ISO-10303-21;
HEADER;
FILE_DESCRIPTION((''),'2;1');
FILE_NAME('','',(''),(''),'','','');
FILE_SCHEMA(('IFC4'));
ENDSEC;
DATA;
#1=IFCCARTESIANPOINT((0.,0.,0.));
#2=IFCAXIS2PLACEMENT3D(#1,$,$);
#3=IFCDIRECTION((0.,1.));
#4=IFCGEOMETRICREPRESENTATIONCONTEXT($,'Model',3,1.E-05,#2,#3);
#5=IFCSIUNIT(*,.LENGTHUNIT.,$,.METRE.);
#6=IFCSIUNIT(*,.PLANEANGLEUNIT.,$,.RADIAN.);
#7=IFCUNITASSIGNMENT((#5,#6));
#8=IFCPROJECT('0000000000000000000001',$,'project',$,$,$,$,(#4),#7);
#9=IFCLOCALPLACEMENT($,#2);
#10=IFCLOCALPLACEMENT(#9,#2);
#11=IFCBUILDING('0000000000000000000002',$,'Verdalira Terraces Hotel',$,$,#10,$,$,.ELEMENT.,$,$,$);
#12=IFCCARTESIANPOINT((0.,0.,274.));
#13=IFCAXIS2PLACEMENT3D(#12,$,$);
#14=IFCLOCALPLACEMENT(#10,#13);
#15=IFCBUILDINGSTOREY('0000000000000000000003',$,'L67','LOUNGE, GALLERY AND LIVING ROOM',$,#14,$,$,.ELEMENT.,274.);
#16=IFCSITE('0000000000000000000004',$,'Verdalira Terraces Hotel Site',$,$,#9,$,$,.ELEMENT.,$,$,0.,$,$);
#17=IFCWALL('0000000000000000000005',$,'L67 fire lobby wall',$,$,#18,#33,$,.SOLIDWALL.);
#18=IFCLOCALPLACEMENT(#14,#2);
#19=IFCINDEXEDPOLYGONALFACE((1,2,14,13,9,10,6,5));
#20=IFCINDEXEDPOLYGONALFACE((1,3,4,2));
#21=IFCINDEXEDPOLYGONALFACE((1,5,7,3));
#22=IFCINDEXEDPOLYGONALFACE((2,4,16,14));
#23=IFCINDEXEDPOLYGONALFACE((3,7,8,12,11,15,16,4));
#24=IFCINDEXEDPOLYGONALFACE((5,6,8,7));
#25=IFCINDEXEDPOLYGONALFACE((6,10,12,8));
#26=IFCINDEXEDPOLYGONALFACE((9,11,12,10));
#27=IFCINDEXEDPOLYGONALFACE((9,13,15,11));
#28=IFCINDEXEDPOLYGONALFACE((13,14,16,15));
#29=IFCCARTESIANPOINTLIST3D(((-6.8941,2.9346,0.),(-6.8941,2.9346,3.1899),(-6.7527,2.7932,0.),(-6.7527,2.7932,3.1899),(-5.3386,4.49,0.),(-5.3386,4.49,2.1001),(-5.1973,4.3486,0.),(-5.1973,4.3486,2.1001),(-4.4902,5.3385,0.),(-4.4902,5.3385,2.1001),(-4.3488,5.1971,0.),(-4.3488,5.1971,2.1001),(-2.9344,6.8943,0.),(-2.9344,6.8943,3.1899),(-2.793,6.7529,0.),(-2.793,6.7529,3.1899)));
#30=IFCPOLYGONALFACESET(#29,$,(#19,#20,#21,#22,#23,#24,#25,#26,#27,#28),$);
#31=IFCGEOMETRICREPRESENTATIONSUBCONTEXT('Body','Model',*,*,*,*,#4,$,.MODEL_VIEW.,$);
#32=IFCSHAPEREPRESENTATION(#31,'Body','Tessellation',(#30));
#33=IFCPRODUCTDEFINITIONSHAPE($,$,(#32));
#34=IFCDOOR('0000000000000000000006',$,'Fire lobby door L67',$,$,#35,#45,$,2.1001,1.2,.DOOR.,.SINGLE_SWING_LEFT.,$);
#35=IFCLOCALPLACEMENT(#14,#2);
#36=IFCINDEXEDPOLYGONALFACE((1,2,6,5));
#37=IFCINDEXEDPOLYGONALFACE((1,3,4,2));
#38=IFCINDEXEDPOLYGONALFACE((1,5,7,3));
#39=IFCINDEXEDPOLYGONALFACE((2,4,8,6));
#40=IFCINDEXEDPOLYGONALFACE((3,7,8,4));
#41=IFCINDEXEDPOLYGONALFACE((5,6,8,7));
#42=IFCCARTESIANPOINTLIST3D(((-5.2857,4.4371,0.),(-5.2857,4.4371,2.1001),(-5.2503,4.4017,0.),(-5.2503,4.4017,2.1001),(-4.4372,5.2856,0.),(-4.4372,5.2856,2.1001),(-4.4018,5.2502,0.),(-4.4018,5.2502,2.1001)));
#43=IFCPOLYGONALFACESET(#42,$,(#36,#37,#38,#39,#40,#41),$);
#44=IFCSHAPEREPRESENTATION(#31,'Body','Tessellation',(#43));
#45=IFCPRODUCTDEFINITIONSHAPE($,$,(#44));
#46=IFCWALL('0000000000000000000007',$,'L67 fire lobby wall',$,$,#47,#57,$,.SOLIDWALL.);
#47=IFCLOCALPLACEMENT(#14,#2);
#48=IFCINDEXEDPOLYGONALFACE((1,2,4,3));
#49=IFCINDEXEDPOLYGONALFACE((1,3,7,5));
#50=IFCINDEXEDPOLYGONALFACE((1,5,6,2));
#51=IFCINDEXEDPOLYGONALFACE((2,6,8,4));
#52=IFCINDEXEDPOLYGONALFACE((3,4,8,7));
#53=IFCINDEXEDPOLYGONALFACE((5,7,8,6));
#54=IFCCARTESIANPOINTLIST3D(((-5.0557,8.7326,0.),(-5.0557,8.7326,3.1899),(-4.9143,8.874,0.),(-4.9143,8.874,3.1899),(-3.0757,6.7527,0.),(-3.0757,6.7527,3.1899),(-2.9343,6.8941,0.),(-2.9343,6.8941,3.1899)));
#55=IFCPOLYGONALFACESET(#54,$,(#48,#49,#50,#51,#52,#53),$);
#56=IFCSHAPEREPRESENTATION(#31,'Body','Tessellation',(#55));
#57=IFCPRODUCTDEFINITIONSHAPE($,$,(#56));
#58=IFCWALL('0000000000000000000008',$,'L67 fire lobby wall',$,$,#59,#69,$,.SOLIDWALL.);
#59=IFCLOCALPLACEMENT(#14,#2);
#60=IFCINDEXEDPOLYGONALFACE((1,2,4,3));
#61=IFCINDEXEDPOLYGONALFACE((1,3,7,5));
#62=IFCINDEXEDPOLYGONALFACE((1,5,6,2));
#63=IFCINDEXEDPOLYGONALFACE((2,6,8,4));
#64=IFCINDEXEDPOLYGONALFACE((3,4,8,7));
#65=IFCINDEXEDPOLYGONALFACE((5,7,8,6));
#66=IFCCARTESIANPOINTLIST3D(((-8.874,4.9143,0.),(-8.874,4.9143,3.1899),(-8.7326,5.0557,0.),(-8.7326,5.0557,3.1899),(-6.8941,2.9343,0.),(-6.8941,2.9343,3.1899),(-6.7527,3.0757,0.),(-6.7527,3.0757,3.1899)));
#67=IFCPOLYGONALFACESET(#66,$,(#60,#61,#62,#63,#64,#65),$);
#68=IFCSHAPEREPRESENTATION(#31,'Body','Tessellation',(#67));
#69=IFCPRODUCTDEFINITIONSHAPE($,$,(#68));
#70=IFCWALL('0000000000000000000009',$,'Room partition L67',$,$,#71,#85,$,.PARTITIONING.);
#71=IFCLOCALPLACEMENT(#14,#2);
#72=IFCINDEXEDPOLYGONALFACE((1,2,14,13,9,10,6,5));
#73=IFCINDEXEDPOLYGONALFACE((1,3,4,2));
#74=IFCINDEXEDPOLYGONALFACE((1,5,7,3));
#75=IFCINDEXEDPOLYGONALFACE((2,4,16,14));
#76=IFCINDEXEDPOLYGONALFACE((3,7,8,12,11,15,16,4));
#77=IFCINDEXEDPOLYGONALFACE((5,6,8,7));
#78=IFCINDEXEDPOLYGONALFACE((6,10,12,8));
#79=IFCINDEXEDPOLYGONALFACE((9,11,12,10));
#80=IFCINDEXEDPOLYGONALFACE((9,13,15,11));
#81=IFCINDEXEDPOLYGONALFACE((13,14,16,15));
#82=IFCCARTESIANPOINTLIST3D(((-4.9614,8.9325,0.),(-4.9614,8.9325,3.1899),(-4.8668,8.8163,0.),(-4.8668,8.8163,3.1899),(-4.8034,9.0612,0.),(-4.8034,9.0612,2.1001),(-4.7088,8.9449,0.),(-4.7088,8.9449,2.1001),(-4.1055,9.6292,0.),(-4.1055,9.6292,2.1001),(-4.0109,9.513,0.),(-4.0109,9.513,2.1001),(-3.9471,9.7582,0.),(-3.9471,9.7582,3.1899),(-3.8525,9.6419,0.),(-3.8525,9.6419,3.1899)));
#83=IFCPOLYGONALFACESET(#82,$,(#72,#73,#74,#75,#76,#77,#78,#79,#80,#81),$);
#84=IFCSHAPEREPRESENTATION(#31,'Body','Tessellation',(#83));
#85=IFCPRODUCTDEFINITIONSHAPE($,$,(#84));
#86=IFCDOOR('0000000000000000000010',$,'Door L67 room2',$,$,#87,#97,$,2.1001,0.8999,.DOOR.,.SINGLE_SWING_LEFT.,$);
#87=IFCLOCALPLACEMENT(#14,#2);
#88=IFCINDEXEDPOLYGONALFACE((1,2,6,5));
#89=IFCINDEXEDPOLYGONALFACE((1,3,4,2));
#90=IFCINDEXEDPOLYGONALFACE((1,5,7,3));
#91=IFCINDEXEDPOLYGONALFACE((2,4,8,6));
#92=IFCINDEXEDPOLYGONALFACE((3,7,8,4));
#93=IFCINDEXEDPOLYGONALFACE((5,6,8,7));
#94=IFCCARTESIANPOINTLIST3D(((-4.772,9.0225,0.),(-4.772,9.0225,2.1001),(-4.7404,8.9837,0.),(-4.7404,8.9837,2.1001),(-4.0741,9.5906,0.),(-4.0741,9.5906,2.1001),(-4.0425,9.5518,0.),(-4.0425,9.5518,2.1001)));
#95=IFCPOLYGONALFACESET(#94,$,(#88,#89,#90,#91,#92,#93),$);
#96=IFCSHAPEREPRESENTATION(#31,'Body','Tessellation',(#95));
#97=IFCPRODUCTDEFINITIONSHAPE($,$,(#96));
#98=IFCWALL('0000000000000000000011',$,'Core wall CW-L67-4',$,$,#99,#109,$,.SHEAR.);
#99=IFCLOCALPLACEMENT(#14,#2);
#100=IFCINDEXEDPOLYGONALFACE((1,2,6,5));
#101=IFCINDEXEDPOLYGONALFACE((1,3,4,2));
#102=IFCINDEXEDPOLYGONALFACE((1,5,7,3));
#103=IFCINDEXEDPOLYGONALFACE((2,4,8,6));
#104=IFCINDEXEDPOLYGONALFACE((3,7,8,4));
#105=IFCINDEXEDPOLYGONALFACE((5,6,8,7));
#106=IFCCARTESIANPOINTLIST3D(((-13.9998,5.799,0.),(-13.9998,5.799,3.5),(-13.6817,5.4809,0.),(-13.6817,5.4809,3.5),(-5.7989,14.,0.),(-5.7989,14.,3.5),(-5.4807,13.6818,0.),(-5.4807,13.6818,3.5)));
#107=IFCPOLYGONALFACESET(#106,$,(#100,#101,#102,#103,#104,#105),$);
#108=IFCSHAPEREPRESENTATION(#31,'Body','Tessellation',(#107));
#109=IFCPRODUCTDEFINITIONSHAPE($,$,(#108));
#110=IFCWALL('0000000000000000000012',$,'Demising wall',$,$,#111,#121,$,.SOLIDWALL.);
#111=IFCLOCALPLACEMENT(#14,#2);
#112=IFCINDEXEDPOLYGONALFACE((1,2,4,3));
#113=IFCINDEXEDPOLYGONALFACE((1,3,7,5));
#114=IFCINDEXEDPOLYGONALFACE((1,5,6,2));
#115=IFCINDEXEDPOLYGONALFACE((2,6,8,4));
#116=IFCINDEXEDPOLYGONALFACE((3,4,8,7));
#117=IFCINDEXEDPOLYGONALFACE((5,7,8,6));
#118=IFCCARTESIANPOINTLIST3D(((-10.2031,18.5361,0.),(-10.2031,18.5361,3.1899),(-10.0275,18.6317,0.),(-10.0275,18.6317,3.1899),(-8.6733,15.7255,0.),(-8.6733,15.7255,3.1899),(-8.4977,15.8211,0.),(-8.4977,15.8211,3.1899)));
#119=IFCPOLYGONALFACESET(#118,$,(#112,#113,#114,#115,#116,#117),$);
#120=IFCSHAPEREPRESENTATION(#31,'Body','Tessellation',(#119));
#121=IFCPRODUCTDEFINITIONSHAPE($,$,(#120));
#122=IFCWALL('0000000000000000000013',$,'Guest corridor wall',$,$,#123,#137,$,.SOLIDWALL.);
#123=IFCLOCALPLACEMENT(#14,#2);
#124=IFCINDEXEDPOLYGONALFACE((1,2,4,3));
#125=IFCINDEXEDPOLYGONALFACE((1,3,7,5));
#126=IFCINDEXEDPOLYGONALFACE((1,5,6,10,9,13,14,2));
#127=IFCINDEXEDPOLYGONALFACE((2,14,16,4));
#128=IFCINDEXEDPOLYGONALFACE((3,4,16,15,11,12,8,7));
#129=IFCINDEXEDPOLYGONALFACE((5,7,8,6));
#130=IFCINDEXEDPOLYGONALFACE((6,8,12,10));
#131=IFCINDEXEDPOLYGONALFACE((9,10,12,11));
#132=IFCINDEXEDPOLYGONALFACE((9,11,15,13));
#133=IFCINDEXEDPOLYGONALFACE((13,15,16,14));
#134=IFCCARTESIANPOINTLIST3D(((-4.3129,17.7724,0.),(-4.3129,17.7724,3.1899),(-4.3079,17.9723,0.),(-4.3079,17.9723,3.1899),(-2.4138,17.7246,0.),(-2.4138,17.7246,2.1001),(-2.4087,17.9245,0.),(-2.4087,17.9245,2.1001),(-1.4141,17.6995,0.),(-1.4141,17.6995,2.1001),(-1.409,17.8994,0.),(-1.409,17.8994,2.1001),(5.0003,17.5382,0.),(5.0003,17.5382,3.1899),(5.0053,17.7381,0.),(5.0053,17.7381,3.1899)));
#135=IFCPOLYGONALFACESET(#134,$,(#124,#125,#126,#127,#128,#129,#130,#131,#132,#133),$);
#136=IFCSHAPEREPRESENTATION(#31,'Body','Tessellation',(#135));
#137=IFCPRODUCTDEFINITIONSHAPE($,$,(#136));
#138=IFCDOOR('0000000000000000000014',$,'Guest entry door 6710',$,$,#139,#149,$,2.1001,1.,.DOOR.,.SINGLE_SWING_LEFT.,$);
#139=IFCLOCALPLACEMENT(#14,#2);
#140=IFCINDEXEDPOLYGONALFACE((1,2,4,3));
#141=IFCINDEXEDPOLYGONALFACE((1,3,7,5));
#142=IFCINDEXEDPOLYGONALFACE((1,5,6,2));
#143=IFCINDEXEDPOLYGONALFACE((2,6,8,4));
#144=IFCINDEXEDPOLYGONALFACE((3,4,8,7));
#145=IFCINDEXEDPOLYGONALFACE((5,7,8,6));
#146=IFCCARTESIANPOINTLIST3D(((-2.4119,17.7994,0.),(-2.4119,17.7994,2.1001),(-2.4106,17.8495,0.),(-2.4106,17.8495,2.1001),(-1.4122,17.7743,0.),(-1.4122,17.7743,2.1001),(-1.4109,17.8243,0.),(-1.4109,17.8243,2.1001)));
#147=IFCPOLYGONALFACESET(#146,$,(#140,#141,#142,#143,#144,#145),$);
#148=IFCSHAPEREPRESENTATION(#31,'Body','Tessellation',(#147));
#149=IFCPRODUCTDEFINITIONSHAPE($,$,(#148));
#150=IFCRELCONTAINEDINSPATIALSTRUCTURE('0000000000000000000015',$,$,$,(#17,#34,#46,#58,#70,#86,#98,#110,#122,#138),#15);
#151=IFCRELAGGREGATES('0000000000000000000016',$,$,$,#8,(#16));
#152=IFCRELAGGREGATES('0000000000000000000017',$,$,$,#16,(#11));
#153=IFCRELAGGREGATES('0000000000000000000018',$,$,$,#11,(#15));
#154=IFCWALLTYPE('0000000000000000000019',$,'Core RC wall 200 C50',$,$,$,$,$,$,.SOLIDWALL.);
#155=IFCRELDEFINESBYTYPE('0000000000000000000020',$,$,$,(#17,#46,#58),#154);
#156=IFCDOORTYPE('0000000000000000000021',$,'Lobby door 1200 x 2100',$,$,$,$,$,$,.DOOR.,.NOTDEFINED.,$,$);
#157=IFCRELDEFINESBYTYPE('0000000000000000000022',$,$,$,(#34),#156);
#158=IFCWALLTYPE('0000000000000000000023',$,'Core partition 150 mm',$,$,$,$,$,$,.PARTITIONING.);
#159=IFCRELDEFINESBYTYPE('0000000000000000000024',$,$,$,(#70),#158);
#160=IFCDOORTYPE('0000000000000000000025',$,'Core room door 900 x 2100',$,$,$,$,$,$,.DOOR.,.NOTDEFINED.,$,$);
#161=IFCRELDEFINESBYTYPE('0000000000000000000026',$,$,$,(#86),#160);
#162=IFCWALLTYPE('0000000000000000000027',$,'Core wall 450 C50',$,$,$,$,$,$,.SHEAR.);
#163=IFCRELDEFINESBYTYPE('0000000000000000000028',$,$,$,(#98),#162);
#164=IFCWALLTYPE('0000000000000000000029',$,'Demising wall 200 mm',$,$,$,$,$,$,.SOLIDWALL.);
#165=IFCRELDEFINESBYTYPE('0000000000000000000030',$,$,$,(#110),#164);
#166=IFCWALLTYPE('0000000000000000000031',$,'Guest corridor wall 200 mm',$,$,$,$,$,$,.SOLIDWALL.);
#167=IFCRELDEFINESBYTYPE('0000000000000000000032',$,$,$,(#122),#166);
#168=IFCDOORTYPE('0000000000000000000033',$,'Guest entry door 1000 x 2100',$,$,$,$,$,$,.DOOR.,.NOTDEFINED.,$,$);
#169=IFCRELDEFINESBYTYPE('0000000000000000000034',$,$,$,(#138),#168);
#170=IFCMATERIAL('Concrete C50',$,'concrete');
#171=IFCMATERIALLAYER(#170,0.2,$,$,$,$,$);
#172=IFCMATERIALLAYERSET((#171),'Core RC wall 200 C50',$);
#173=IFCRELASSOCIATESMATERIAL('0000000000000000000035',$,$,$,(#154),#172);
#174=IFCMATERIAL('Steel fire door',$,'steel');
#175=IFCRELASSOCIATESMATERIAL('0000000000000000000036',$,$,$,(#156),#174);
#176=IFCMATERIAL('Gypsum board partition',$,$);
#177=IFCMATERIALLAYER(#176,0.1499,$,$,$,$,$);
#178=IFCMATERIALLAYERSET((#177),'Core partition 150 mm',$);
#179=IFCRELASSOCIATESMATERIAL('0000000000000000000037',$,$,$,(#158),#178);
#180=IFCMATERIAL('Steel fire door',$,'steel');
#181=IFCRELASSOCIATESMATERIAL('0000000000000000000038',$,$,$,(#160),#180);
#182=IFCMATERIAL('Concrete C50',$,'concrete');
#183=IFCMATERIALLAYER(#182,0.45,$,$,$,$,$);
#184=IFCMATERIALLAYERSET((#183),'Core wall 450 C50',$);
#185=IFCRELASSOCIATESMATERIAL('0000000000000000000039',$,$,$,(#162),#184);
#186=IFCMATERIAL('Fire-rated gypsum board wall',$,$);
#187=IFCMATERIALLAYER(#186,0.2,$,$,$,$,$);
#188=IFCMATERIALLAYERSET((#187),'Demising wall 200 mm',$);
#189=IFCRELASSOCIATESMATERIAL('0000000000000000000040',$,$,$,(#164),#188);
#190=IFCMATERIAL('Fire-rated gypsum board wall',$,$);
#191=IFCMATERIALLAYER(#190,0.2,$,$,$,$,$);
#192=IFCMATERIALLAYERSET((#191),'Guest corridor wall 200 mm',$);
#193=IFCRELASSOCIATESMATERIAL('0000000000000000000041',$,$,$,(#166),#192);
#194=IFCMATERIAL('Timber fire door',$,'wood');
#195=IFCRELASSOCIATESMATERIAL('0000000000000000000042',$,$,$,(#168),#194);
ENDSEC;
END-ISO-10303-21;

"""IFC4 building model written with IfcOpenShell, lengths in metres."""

from ifc_helpers import new_model, si_unit, direction, frame, frame_2d, origin, place, context, subcontext, project, spatial, rectangle, extrude, material, layer, layer_set, type_object, element, fill, save


model = new_model("IFC4")

# Units and contexts
model_context = context("Model", 3, precision=1e-05, world=origin(), true_north=direction((0.0, 1.0)))
body_context = subcontext(model_context, "Body", "Model", "MODEL_VIEW")
ifc_project = project(units=[si_unit("LENGTHUNIT", "METRE"), si_unit("PLANEANGLEUNIT", "RADIAN")], contexts=[model_context])

# Site, building, storey
site_placement = place(None, origin())
site = spatial("IfcSite", under=ifc_project, at=site_placement, Name="Verdalira Terraces Hotel Site", CompositionType="ELEMENT", RefElevation=0.0)
building_placement = place(site_placement, origin())
building = spatial("IfcBuilding", under=site, at=building_placement, Name="Verdalira Terraces Hotel", CompositionType="ELEMENT")
storey_placement = place(building_placement, frame((0.0, 0.0, 274.0)))
storey = spatial("IfcBuildingStorey", under=building, at=storey_placement, Name="L67", Description="LOUNGE, GALLERY AND LIVING ROOM", CompositionType="ELEMENT", Elevation=274.0)

# Shared definitions
ifc_material_1 = material(Name="Concrete C50", Category="concrete")
ifc_layer_1 = layer(ifc_material_1, 0.2)
ifc_layer_set_1 = layer_set([ifc_layer_1], Name="Core RC wall 200 C50")
wall_type_1 = type_object("IfcWallType", Name="Core RC wall 200 C50", PredefinedType="SOLIDWALL", material=ifc_layer_set_1)

# Wall, opening, door
wall_1_placement = place(storey_placement, frame((-2.8638, 6.8235, 0.0), z_axis=(0.0, 0.0, 1.0), x_axis=(-0.707107, -0.707107, 0.0)))
wall_1 = element("IfcWall", 1, at=wall_1_placement, inside=storey, type_object=wall_type_1, Name="L67 fire lobby wall", PredefinedType="SOLIDWALL", context=body_context, shape_type="SweptSolid", body=[
    extrude(rectangle(XDim=5.5999, YDim=0.2, at=frame_2d((2.7998, 0.0))), origin(), (0.0, 0.0, 1.0), 3.1899),
])
opening_1_placement = place(wall_1_placement, frame((2.2, 0.0, 0.0)))
opening_1 = element("IfcOpeningElement", 2, at=opening_1_placement, cuts=wall_1, PredefinedType="OPENING", context=body_context, shape_type="SweptSolid", body=[
    extrude(rectangle(XDim=1.2, YDim=2.1001, at=frame_2d((0.6001, 1.05))), frame((0.0, 0.1099, 0.0), z_axis=(0.0, -1.0, 0.0), x_axis=(1.0, 0.0, 0.0)), (0.0, 0.0, 1.0), 0.22),
])
ifc_material_2 = material(Name="Steel fire door", Category="steel")
door_type_1 = type_object("IfcDoorType", Name="Lobby door 1200 x 2100", OperationType="NOTDEFINED", PredefinedType="DOOR", material=ifc_material_2)
door_1_placement = place(opening_1_placement, origin())
door_1 = element("IfcDoor", 3, at=door_1_placement, inside=storey, type_object=door_type_1, Name="Fire lobby door L67", OperationType="SINGLE_SWING_LEFT", OverallHeight=2.1001, OverallWidth=1.2, PredefinedType="DOOR", context=body_context, shape_type="SweptSolid", body=[
    extrude(rectangle(XDim=1.2, YDim=2.1001, at=frame_2d((0.6001, 1.05))), frame((0.0, 0.0249, 0.0), z_axis=(0.0, -1.0, 0.0), x_axis=(1.0, 0.0, 0.0)), (0.0, 0.0, 1.0), 0.05),
])
fill(opening_1, door_1)

# Walls
for number, where, z_axis, x_axis, name in (
    (4, (-3.0051, 6.8235, 0.0), (0.0, 0.0, 1.0), (-0.707107, 0.707107, 0.0), "L67 fire lobby wall"),
    (5, (-6.8235, 3.0051, 0.0), (0.0, 0.0, 1.0), (-0.707107, 0.707107, 0.0), "L67 fire lobby wall"),
):
    element("IfcWall", number, at=place(storey_placement, frame(where, z_axis=z_axis, x_axis=x_axis)), inside=storey, type_object=wall_type_1, Name=name, PredefinedType="SOLIDWALL", context=body_context, shape_type="SweptSolid", body=[
        extrude(rectangle(XDim=2.8, YDim=0.2, at=frame_2d((1.3999, 0.0))), origin(), (0.0, 0.0, 1.0), 3.1899),
    ])

# Wall, opening, door
ifc_material_3 = material(Name="Gypsum board partition")
ifc_layer_2 = layer(ifc_material_3, 0.1499)
ifc_layer_set_2 = layer_set([ifc_layer_2], Name="Core partition 150 mm")
wall_type_2 = type_object("IfcWallType", Name="Core partition 150 mm", PredefinedType="PARTITIONING", material=ifc_layer_set_2)
wall_2_placement = place(storey_placement, frame((-3.8999, 9.7, 0.0), z_axis=(0.0, 0.0, 1.0), x_axis=(-0.77556, -0.631274, 0.0)))
wall_2 = element("IfcWall", 6, at=wall_2_placement, inside=storey, type_object=wall_type_2, Name="Room partition L67", PredefinedType="PARTITIONING", context=body_context, shape_type="SweptSolid", body=[
    extrude(rectangle(XDim=1.3079, YDim=0.1499, at=frame_2d((0.6538, 0.0))), origin(), (0.0, 0.0, 1.0), 3.1899),
])
opening_2_placement = place(wall_2_placement, frame((0.2041, 0.0, 0.0)))
opening_2 = element("IfcOpeningElement", 7, at=opening_2_placement, cuts=wall_2, PredefinedType="OPENING", context=body_context, shape_type="SweptSolid", body=[
    extrude(rectangle(XDim=0.8999, YDim=2.1001, at=frame_2d((0.45, 1.05))), frame((0.0, 0.085, 0.0), z_axis=(0.0, -1.0, 0.0), x_axis=(1.0, 0.0, 0.0)), (0.0, 0.0, 1.0), 0.1699),
])
ifc_material_4 = material(Name="Steel fire door", Category="steel")
door_type_2 = type_object("IfcDoorType", Name="Core room door 900 x 2100", OperationType="NOTDEFINED", PredefinedType="DOOR", material=ifc_material_4)
door_2_placement = place(opening_2_placement, origin())
door_2 = element("IfcDoor", 8, at=door_2_placement, inside=storey, type_object=door_type_2, Name="Door L67 room2", OperationType="SINGLE_SWING_LEFT", OverallHeight=2.1001, OverallWidth=0.8999, PredefinedType="DOOR", context=body_context, shape_type="SweptSolid", body=[
    extrude(rectangle(XDim=0.8999, YDim=2.1001, at=frame_2d((0.45, 1.05))), frame((0.0, 0.0249, 0.0), z_axis=(0.0, -1.0, 0.0), x_axis=(1.0, 0.0, 0.0)), (0.0, 0.0, 1.0), 0.05),
])
fill(opening_2, door_2)

# Walls
ifc_material_5 = material(Name="Concrete C50", Category="concrete")
ifc_layer_3 = layer(ifc_material_5, 0.45)
ifc_layer_set_3 = layer_set([ifc_layer_3], Name="Core wall 450 C50")
wall_type_3 = type_object("IfcWallType", Name="Core wall 450 C50", PredefinedType="SHEAR", material=ifc_layer_set_3)
wall_3_placement = place(storey_placement, frame((-5.6399, 13.8408, 0.0), z_axis=(0.0, 0.0, 1.0), x_axis=(-0.707107, -0.707107, 0.0)))
element("IfcWall", 9, at=wall_3_placement, inside=storey, type_object=wall_type_3, Name="Core wall CW-L67-4", PredefinedType="SHEAR", context=body_context, shape_type="SweptSolid", body=[
    extrude(rectangle(XDim=11.5979, YDim=0.45, at=frame_2d((5.7988, 0.0))), origin(), (0.0, 0.0, 1.0), 3.5),
])
ifc_material_6 = material(Name="Fire-rated gypsum board wall")
ifc_layer_4 = layer(ifc_material_6, 0.2)
ifc_layer_set_4 = layer_set([ifc_layer_4], Name="Demising wall 200 mm")
wall_type_4 = type_object("IfcWallType", Name="Demising wall 200 mm", PredefinedType="SOLIDWALL", material=ifc_layer_set_4)
wall_4_placement = place(storey_placement, frame((-8.5854, 15.7732, 0.0), z_axis=(0.0, 0.0, 1.0), x_axis=(-0.478071, 0.878321, 0.0)))
element("IfcWall", 10, at=wall_4_placement, inside=storey, type_object=wall_type_4, Name="Demising wall", PredefinedType="SOLIDWALL", context=body_context, shape_type="SweptSolid", body=[
    extrude(rectangle(XDim=3.2, YDim=0.2, at=frame_2d((1.6001, 0.0))), origin(), (0.0, 0.0, 1.0), 3.1899),
])

# Wall, opening, door
ifc_material_7 = material(Name="Fire-rated gypsum board wall")
ifc_layer_5 = layer(ifc_material_7, 0.2)
ifc_layer_set_5 = layer_set([ifc_layer_5], Name="Guest corridor wall 200 mm")
wall_type_5 = type_object("IfcWallType", Name="Guest corridor wall 200 mm", PredefinedType="SOLIDWALL", material=ifc_layer_set_5)
wall_5_placement = place(storey_placement, frame((-4.3105, 17.8723, 0.0), z_axis=(0.0, 0.0, 1.0), x_axis=(0.999684, -0.025132, 0.0)))
wall_5 = element("IfcWall", 11, at=wall_5_placement, inside=storey, type_object=wall_type_5, Name="Guest corridor wall", PredefinedType="SOLIDWALL", context=body_context, shape_type="SweptSolid", body=[
    extrude(rectangle(XDim=9.3162, YDim=0.2, at=frame_2d((4.6582, 0.0))), origin(), (0.0, 0.0, 1.0), 3.1899),
])
opening_3_placement = place(wall_5_placement, frame((1.8999, 0.0, 0.0)))
opening_3 = element("IfcOpeningElement", 12, at=opening_3_placement, cuts=wall_5, PredefinedType="OPENING", context=body_context, shape_type="SweptSolid", body=[
    extrude(rectangle(XDim=1.0, YDim=2.1001, at=frame_2d((0.5, 1.05))), frame((0.0, 0.1099, 0.0), z_axis=(0.0, -1.0, 0.0), x_axis=(1.0, 0.0, 0.0)), (0.0, 0.0, 1.0), 0.22),
])
ifc_material_8 = material(Name="Timber fire door", Category="wood")
door_type_3 = type_object("IfcDoorType", Name="Guest entry door 1000 x 2100", OperationType="NOTDEFINED", PredefinedType="DOOR", material=ifc_material_8)
door_3_placement = place(opening_3_placement, origin())
door_3 = element("IfcDoor", 13, at=door_3_placement, inside=storey, type_object=door_type_3, Name="Guest entry door 6710", OperationType="SINGLE_SWING_LEFT", OverallHeight=2.1001, OverallWidth=1.0, PredefinedType="DOOR", context=body_context, shape_type="SweptSolid", body=[
    extrude(rectangle(XDim=1.0, YDim=2.1001, at=frame_2d((0.5, 1.05))), frame((0.0, 0.0249, 0.0), z_axis=(0.0, -1.0, 0.0), x_axis=(1.0, 0.0, 0.0)), (0.0, 0.0, 1.0), 0.05),
])
fill(opening_3, door_3)

save(model, "model.ifc")
